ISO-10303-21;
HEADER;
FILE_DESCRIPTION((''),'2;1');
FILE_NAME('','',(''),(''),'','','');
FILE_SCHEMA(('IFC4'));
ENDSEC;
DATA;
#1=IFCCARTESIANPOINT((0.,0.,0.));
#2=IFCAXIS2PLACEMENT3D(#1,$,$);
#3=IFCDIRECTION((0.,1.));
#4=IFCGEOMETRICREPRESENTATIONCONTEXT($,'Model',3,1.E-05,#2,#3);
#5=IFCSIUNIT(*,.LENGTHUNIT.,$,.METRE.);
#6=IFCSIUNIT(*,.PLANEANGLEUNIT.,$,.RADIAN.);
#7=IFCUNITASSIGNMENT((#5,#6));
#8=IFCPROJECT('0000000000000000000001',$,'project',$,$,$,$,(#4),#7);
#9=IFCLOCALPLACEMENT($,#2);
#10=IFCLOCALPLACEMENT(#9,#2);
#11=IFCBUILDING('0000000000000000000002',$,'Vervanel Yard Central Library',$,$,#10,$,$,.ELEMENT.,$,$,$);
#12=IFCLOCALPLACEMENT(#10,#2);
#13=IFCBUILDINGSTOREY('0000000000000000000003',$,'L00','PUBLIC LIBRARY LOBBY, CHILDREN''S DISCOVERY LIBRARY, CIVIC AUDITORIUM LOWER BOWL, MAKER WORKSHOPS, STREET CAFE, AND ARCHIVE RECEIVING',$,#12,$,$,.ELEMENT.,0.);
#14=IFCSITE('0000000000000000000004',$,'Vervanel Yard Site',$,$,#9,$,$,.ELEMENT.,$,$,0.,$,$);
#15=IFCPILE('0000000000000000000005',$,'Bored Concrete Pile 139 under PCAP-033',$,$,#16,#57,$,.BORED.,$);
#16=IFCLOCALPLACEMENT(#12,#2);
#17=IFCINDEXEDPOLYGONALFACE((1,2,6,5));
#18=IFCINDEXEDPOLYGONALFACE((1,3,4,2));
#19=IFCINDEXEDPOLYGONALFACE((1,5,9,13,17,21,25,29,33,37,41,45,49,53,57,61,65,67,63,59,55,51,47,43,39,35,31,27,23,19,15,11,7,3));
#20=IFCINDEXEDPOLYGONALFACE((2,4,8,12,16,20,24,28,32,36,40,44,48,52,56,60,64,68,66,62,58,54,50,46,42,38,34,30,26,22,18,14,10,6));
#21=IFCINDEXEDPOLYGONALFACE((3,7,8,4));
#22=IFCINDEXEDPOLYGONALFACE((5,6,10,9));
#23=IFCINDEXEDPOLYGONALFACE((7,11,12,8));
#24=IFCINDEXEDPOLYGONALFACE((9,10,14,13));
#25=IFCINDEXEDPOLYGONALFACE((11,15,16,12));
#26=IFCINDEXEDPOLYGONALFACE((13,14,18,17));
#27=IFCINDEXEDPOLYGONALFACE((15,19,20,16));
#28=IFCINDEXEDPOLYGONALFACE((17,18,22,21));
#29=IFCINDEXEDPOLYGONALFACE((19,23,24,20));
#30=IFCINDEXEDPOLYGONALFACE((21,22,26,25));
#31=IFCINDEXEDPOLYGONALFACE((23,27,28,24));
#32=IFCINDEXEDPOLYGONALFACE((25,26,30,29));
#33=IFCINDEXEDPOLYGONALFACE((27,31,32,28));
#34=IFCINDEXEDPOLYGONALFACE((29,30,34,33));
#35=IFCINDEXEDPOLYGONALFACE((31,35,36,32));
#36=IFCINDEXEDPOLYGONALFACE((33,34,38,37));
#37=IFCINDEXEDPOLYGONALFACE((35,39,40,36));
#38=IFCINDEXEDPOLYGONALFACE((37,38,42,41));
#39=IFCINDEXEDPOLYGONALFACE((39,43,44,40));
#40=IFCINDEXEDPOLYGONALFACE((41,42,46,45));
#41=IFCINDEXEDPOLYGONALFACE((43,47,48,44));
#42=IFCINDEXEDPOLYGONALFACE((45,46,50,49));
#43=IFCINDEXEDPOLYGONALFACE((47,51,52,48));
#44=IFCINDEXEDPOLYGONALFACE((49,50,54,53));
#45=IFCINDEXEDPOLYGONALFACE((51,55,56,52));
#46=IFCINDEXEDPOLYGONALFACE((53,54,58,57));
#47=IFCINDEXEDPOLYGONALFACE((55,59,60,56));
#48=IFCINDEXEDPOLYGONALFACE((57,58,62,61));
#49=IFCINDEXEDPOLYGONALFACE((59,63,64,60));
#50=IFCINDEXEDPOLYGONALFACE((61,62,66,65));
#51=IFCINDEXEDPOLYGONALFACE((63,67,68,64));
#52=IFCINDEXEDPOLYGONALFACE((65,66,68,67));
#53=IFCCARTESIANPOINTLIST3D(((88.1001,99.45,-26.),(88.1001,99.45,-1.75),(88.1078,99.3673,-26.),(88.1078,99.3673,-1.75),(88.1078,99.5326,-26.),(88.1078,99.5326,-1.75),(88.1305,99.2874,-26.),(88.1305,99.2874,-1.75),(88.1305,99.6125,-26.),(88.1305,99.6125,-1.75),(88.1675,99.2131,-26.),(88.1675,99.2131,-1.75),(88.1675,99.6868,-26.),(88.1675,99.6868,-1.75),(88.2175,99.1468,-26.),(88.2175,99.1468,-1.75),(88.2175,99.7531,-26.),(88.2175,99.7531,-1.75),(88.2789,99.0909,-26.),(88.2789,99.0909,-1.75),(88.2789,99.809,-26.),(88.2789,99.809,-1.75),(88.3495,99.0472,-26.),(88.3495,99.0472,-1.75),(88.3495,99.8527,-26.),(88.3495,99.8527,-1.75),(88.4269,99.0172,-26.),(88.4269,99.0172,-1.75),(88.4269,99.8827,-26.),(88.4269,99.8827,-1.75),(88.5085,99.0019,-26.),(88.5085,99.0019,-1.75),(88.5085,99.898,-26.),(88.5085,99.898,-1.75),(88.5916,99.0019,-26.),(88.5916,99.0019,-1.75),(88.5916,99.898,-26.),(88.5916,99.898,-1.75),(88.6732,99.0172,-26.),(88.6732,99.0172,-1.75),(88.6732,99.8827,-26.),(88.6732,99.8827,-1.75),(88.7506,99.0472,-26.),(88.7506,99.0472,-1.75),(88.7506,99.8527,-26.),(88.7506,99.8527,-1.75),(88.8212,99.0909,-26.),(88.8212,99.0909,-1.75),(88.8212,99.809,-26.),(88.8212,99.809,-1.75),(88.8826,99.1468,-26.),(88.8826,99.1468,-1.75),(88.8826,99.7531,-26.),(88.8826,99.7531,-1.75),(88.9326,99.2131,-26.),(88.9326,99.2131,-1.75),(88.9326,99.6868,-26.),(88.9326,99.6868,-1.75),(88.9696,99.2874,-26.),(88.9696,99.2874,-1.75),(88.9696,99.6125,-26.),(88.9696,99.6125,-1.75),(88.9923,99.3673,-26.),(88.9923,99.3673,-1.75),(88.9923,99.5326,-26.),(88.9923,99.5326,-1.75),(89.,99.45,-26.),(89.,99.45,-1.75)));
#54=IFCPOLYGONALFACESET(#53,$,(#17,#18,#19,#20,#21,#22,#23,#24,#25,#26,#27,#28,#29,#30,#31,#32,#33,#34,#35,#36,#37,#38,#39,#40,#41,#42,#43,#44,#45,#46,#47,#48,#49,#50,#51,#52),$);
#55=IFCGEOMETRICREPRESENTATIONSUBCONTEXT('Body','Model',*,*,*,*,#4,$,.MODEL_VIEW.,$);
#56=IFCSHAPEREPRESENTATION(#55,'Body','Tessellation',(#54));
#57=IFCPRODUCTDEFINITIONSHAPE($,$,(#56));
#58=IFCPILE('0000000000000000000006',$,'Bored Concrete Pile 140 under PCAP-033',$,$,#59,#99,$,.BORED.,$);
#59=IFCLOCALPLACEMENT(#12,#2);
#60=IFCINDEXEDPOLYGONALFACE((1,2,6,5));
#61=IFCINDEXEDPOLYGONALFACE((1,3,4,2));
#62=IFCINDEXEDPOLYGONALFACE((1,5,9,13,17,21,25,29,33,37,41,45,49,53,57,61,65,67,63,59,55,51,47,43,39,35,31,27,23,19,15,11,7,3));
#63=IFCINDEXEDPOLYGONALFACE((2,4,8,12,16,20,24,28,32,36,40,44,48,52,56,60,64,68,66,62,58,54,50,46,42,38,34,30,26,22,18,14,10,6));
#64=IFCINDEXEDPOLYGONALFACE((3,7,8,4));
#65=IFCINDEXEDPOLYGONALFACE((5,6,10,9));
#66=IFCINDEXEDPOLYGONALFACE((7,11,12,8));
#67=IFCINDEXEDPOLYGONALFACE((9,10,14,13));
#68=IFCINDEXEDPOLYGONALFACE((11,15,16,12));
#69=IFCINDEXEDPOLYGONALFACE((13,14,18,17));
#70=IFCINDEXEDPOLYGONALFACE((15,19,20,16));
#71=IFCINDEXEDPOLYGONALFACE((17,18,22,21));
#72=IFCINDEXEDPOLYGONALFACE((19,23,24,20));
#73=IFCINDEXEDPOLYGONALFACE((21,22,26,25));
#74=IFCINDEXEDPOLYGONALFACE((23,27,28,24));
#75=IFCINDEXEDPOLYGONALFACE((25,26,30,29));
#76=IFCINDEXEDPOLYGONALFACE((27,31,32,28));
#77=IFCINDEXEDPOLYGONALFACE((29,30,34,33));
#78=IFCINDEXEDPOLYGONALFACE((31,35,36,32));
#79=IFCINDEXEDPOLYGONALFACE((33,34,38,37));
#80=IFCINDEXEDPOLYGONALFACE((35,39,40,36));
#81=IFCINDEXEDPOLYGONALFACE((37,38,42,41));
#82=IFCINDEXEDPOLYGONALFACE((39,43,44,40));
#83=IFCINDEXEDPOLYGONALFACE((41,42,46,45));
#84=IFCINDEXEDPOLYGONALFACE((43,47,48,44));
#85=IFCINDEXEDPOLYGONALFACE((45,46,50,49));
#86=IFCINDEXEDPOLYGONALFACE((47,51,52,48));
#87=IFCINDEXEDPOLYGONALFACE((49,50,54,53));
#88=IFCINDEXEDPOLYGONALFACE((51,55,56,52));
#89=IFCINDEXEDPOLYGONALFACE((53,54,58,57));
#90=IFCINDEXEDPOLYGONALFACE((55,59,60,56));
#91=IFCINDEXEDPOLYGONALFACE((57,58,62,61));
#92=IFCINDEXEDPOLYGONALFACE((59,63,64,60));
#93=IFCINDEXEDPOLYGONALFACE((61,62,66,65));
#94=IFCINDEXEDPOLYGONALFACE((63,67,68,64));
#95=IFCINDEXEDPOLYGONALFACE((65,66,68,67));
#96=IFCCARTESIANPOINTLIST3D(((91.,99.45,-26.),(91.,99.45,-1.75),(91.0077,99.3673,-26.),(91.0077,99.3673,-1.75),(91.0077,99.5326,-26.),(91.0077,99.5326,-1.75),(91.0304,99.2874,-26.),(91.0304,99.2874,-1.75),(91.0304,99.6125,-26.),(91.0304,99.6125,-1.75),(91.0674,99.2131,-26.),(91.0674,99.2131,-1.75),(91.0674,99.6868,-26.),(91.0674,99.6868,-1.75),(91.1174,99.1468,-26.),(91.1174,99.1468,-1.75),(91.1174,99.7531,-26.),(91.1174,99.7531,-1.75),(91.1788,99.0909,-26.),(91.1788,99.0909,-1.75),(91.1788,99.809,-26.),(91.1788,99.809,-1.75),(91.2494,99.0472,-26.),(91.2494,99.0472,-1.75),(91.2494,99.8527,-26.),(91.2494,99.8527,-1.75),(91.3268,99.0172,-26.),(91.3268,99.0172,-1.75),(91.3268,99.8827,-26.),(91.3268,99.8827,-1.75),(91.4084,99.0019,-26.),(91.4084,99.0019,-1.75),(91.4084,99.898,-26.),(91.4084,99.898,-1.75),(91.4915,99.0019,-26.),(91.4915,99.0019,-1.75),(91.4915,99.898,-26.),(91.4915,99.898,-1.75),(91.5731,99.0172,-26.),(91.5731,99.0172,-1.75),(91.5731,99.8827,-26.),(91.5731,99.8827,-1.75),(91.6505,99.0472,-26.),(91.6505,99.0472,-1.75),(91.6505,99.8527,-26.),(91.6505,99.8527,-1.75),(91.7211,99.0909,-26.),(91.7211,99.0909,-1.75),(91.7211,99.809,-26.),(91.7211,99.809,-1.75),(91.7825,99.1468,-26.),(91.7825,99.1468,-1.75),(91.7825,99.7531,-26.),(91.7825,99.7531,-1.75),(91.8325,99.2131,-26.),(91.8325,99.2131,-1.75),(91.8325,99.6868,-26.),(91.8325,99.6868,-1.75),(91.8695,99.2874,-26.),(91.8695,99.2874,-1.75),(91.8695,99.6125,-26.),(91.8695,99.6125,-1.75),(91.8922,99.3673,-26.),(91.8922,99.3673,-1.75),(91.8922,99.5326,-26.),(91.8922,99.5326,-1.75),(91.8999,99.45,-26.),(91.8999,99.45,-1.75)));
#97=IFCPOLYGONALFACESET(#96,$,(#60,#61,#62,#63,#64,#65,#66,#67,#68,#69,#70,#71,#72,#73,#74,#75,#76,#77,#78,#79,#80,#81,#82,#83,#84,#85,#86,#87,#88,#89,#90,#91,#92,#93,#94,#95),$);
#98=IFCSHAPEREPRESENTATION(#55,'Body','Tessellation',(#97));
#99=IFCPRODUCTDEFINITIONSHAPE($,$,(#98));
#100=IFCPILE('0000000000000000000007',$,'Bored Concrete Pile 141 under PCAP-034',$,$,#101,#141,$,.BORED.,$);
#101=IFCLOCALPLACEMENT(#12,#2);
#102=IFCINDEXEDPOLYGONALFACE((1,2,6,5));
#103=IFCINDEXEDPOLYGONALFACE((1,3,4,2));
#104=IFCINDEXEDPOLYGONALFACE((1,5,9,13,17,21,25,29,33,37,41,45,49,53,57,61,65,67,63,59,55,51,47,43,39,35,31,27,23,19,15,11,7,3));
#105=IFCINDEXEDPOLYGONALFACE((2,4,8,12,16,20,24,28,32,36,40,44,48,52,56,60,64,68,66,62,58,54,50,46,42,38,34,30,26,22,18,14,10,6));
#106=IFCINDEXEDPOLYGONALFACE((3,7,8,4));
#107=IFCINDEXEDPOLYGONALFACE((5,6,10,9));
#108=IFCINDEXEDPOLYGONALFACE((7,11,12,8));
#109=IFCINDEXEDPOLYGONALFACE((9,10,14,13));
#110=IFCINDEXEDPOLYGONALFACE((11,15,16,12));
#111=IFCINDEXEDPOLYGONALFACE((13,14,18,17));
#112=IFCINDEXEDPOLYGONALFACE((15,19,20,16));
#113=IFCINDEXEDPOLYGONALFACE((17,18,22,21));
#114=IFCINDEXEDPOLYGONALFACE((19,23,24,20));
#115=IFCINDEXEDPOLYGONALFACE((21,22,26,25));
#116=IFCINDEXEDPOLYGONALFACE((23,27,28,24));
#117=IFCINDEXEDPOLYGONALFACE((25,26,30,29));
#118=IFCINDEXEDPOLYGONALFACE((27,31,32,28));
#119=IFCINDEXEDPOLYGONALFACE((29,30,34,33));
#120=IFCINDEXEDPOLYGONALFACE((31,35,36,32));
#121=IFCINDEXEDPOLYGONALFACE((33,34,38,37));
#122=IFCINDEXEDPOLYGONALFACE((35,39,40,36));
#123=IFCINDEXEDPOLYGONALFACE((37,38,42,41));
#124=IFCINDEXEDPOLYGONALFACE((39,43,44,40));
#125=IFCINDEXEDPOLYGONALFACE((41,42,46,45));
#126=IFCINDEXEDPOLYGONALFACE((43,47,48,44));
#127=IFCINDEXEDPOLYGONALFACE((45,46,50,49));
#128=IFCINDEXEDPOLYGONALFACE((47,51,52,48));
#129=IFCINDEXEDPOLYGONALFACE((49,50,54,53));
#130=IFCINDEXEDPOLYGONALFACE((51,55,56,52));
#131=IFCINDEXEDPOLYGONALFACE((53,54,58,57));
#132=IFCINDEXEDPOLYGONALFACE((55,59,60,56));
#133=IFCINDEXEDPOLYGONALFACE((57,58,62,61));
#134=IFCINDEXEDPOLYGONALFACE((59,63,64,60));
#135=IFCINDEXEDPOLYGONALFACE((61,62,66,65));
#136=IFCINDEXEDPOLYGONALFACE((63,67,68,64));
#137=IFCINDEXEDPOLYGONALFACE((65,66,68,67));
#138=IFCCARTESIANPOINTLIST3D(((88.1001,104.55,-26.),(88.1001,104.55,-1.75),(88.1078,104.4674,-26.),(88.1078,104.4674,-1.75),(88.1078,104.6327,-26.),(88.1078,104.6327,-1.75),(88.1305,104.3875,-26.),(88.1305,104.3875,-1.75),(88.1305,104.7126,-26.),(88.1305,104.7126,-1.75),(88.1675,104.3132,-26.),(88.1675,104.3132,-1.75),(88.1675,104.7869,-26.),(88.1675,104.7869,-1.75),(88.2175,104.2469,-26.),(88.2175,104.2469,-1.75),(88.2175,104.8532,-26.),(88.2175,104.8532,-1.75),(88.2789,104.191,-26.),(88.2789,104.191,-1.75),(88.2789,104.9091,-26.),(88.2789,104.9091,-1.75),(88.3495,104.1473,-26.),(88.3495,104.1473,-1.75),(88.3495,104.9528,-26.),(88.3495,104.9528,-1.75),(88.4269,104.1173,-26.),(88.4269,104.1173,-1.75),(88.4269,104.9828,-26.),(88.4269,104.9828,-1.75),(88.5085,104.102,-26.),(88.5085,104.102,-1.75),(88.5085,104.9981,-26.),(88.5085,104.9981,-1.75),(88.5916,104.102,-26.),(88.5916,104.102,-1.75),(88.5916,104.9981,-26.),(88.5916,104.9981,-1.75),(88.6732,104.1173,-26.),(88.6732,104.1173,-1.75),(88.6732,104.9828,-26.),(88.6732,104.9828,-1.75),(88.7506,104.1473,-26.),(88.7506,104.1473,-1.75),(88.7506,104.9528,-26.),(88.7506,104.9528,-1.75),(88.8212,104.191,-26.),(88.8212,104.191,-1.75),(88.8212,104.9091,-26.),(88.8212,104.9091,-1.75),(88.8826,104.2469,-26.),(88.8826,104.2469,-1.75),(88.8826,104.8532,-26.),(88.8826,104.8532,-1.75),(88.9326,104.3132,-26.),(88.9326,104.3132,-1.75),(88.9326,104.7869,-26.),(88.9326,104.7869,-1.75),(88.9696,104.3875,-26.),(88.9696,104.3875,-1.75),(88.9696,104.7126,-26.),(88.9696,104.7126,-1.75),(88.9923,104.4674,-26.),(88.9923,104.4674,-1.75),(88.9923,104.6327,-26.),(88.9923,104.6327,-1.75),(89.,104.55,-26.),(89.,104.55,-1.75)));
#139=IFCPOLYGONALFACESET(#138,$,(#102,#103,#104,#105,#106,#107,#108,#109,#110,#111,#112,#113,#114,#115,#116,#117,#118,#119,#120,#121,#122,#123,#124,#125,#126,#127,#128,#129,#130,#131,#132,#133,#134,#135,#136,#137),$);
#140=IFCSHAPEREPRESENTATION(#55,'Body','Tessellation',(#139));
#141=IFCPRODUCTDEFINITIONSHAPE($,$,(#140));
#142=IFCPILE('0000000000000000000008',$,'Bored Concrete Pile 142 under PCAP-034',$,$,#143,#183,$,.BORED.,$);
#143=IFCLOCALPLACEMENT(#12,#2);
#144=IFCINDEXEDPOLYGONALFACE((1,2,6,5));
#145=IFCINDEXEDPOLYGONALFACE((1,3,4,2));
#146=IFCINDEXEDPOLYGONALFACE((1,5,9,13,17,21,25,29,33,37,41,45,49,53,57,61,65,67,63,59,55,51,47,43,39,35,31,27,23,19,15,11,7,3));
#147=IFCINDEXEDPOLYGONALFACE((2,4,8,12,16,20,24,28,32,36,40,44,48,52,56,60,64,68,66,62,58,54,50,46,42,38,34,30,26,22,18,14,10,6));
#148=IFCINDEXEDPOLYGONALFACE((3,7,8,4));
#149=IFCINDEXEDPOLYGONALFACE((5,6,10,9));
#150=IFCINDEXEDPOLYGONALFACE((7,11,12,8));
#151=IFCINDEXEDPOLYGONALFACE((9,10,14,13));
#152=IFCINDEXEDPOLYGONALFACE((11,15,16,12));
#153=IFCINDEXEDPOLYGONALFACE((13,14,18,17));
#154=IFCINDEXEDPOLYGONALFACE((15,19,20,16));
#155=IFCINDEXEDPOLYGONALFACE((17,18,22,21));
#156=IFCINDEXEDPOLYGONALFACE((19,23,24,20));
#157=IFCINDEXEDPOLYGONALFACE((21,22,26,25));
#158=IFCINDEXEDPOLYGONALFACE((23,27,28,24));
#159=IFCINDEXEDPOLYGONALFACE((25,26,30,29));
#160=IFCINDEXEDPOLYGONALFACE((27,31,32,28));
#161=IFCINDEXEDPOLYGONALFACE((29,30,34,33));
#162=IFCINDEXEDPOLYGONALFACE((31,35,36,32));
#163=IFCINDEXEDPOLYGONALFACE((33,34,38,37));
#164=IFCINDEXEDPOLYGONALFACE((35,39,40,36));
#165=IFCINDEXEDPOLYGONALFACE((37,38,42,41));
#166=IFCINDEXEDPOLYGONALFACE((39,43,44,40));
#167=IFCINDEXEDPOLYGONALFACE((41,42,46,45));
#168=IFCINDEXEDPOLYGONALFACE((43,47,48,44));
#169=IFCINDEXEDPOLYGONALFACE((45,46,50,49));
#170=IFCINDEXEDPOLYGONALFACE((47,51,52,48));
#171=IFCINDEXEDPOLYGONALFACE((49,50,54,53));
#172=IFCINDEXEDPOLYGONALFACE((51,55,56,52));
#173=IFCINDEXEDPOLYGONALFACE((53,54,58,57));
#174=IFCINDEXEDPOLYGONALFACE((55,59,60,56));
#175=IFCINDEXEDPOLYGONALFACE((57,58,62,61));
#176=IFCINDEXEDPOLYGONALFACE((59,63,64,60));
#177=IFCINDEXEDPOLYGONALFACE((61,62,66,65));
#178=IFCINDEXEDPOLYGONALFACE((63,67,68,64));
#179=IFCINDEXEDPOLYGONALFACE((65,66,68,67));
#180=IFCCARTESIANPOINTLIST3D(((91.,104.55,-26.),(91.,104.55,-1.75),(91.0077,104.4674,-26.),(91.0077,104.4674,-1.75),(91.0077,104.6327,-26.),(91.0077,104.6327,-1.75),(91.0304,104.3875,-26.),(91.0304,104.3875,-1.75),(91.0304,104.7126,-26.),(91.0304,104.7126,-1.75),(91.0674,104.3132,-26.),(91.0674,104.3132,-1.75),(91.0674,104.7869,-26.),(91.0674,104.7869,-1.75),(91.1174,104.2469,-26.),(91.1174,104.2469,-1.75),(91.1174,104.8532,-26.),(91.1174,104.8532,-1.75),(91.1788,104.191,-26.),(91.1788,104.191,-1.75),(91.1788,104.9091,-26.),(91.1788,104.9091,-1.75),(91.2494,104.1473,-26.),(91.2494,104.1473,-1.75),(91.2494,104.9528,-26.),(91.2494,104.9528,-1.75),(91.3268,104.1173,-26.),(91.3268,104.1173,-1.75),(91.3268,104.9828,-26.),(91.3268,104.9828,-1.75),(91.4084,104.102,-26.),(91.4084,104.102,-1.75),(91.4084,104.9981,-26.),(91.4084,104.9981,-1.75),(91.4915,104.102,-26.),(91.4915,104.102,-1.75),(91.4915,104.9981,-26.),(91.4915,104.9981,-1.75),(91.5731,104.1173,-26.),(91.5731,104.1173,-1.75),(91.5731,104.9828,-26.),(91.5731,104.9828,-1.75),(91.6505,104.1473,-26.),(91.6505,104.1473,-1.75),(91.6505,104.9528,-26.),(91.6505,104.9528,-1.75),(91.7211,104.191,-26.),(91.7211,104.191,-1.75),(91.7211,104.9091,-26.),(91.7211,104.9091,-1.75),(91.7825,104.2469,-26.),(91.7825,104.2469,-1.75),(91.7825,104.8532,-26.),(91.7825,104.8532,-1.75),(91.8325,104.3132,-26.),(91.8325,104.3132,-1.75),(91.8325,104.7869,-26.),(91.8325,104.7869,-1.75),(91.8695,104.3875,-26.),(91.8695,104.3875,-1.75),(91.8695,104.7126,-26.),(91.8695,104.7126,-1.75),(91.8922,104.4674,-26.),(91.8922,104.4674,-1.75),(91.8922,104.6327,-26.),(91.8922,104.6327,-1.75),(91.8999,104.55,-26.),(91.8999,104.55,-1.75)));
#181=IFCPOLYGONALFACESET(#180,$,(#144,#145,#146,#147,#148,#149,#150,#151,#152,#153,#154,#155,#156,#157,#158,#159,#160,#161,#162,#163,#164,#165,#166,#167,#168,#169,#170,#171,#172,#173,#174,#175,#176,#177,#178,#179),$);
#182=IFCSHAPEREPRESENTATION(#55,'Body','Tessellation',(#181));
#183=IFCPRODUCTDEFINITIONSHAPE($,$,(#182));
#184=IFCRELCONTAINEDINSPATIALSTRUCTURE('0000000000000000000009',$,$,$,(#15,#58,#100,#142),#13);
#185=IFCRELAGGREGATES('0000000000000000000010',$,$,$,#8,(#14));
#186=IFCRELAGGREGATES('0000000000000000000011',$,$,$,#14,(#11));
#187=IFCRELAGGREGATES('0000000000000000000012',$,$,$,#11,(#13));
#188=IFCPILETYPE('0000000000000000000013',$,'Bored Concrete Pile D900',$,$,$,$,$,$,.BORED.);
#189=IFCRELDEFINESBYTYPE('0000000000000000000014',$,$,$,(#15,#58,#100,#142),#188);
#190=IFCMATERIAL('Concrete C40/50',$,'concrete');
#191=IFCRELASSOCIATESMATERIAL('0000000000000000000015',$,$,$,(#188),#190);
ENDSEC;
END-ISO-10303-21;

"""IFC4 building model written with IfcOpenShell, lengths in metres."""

from ifc_helpers import new_model, si_unit, direction, frame, origin, origin_2d, place, context, subcontext, project, spatial, circle, extrude, material, material_profile, profile_set, type_object, element, save


model = new_model("IFC4")

# Units and contexts
model_context = context("Model", 3, precision=1e-05, world=origin(), true_north=direction((0.0, 1.0)))
body_context = subcontext(model_context, "Body", "Model", "MODEL_VIEW")
ifc_project = project(units=[si_unit("LENGTHUNIT", "METRE"), si_unit("PLANEANGLEUNIT", "RADIAN")], contexts=[model_context])

# Site, building, storey
site_placement = place(None, origin())
site = spatial("IfcSite", under=ifc_project, at=site_placement, Name="Vervanel Yard Site", CompositionType="ELEMENT", RefElevation=0.0)
building_placement = place(site_placement, origin())
building = spatial("IfcBuilding", under=site, at=building_placement, Name="Vervanel Yard Central Library", CompositionType="ELEMENT")
storey_placement = place(building_placement, origin())
storey = spatial("IfcBuildingStorey", under=building, at=storey_placement, Name="L00", Description="PUBLIC LIBRARY LOBBY, CHILDREN'S DISCOVERY LIBRARY, CIVIC AUDITORIUM LOWER BOWL, MAKER WORKSHOPS, STREET CAFE, AND ARCHIVE RECEIVING", CompositionType="ELEMENT", Elevation=0.0)

# Piles
ifc_material_1 = material(Name="Concrete C40/50", Category="concrete")
ifc_material_profile_1 = material_profile(ifc_material_1, circle(Radius=0.45, at=origin_2d()), Name="BP D900", Category="concrete")
ifc_profile_set_1 = profile_set([ifc_material_profile_1], Name="Concrete C40/50")
pile_type = type_object("IfcPileType", Name="Bored Concrete Pile D900", PredefinedType="BORED", material=ifc_profile_set_1)
for number, where, z_axis, x_axis, name in (
    (1, (88.55, 99.45, -1.75), (0.0, 0.0, -1.0), (1.0, 0.0, 0.0), "Bored Concrete Pile 139 under PCAP-033"),
    (2, (91.45, 99.45, -1.75), (0.0, 0.0, -1.0), (1.0, 0.0, 0.0), "Bored Concrete Pile 140 under PCAP-033"),
    (3, (88.55, 104.55, -1.75), (0.0, 0.0, -1.0), (1.0, 0.0, 0.0), "Bored Concrete Pile 141 under PCAP-034"),
    (4, (91.45, 104.55, -1.75), (0.0, 0.0, -1.0), (1.0, 0.0, 0.0), "Bored Concrete Pile 142 under PCAP-034"),
):
    element("IfcPile", number, at=place(storey_placement, frame(where, z_axis=z_axis, x_axis=x_axis)), inside=storey, type_object=pile_type, Name=name, PredefinedType="BORED", context=body_context, shape_type="SweptSolid", body=[
        extrude(circle(Radius=0.45, at=origin_2d()), origin(), (0.0, 0.0, 1.0), 24.25),
    ])

save(model, "model.ifc")
